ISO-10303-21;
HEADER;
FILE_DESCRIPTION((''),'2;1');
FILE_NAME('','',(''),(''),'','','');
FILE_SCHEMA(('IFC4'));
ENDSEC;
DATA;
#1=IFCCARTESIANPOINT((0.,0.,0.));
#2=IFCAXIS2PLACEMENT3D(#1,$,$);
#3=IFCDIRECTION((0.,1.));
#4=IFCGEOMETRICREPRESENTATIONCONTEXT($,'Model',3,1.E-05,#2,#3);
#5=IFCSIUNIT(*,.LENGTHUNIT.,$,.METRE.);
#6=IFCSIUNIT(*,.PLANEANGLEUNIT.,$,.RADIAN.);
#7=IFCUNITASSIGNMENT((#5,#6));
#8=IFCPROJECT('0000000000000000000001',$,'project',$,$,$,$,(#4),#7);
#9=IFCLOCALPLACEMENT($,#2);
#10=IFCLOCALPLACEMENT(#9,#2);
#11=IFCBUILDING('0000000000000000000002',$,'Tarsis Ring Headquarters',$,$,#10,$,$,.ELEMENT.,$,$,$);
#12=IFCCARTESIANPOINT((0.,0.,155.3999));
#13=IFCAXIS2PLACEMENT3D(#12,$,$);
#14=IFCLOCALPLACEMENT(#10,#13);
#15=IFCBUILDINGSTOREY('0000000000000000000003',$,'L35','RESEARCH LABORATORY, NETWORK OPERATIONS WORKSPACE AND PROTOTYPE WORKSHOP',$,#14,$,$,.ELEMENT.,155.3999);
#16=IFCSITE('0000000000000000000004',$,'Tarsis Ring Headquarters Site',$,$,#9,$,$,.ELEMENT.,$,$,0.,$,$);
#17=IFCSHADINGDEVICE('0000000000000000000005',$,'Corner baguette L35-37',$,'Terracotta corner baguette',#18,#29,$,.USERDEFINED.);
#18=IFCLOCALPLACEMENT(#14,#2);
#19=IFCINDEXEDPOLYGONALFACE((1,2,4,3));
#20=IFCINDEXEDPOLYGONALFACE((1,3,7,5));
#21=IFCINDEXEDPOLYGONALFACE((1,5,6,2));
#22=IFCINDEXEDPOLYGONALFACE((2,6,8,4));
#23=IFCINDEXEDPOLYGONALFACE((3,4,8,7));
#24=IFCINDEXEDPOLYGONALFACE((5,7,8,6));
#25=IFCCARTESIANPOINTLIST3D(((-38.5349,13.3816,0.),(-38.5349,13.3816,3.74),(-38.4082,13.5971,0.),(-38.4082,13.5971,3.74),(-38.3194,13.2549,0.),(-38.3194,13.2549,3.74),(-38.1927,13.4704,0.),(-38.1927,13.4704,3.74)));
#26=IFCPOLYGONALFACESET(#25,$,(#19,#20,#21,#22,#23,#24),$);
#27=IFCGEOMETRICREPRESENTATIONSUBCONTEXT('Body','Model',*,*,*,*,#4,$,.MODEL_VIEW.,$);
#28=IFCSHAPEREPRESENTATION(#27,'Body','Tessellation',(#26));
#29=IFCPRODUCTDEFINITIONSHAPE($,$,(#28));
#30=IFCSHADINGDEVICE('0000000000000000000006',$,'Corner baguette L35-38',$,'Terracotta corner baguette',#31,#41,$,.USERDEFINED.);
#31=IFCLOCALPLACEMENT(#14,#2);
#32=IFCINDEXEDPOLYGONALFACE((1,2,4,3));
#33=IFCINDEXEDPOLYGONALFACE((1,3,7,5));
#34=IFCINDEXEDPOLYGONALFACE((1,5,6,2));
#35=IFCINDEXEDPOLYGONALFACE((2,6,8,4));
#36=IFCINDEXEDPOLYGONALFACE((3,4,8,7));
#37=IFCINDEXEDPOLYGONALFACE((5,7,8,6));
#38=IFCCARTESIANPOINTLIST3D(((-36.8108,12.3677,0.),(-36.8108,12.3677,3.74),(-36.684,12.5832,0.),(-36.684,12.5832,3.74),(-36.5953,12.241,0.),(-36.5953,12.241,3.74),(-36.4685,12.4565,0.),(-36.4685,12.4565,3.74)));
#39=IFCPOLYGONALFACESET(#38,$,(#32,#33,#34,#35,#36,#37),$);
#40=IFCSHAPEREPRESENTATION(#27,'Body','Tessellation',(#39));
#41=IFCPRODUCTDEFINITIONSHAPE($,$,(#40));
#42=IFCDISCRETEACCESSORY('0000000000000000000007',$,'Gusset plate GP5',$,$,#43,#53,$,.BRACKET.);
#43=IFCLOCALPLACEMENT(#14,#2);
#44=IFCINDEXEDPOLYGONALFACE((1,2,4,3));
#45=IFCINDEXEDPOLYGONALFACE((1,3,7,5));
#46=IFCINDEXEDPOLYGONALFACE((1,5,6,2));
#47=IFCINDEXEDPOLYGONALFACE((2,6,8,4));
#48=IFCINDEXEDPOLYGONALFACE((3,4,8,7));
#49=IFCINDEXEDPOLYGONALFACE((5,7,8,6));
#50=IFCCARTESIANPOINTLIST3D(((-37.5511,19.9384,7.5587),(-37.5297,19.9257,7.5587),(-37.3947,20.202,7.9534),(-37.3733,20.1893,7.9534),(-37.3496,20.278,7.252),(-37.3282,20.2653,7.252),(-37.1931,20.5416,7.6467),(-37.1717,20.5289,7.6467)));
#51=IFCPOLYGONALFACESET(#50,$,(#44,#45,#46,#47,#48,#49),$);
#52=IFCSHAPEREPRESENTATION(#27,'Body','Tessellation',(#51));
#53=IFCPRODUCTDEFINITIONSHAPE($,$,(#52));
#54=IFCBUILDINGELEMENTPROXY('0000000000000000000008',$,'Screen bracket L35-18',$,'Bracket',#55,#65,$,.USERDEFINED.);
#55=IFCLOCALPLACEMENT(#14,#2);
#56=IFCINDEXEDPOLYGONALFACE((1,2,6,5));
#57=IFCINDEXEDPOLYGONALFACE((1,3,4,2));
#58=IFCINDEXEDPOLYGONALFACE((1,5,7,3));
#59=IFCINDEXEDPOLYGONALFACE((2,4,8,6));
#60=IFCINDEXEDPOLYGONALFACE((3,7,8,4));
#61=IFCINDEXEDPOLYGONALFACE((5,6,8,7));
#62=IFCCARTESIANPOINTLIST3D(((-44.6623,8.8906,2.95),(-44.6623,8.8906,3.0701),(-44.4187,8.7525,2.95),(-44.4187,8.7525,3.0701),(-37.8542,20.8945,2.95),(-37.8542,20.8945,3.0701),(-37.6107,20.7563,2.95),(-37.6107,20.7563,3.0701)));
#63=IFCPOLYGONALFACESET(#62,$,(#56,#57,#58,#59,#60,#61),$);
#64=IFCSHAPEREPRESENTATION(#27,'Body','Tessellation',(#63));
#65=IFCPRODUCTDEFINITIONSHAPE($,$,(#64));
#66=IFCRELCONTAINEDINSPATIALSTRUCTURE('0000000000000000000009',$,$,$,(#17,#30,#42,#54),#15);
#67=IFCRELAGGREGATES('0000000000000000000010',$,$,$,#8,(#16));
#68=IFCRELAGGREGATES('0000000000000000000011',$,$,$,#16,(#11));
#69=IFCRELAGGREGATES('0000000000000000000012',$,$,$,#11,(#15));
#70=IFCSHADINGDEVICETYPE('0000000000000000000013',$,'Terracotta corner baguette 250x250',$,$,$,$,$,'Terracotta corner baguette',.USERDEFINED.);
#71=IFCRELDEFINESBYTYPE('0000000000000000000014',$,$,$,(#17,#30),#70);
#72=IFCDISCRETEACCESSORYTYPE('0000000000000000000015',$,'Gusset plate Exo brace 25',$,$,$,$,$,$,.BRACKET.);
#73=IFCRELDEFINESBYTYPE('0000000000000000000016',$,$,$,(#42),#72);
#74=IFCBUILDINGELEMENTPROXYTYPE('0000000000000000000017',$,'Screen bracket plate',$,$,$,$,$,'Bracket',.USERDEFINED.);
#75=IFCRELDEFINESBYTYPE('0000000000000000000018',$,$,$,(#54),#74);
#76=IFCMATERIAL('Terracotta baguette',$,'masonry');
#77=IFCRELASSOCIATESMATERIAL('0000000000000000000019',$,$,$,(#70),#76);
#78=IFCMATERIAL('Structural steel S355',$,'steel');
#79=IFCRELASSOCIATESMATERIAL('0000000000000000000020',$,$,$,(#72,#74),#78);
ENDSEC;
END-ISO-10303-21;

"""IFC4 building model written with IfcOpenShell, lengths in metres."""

from ifc_helpers import new_model, si_unit, direction, frame, origin, origin_2d, place, context, subcontext, project, spatial, rectangle, extrude, material, material_profile, profile_set, type_object, element, save


model = new_model("IFC4")

# Units and contexts
model_context = context("Model", 3, precision=1e-05, world=origin(), true_north=direction((0.0, 1.0)))
body_context = subcontext(model_context, "Body", "Model", "MODEL_VIEW")
ifc_project = project(units=[si_unit("LENGTHUNIT", "METRE"), si_unit("PLANEANGLEUNIT", "RADIAN")], contexts=[model_context])

# Site, building, storey
site_placement = place(None, origin())
site = spatial("IfcSite", under=ifc_project, at=site_placement, Name="Tarsis Ring Headquarters Site", CompositionType="ELEMENT", RefElevation=0.0)
building_placement = place(site_placement, origin())
building = spatial("IfcBuilding", under=site, at=building_placement, Name="Tarsis Ring Headquarters", CompositionType="ELEMENT")
storey_placement = place(building_placement, frame((0.0, 0.0, 155.3999)))
storey = spatial("IfcBuildingStorey", under=building, at=storey_placement, Name="L35", Description="RESEARCH LABORATORY, NETWORK OPERATIONS WORKSPACE AND PROTOTYPE WORKSHOP", CompositionType="ELEMENT", Elevation=155.3999)

# Shared definitions
ifc_material_1 = material(Name="Structural steel S355", Category="steel")

# Shading devices
ifc_material_2 = material(Name="Terracotta baguette", Category="masonry")
shading_device_type_1 = type_object("IfcShadingDeviceType", Name="Terracotta corner baguette 250x250", ElementType="Terracotta corner baguette", PredefinedType="USERDEFINED", material=ifc_material_2)
for number, where, z_axis, x_axis, name in (
    (1, (-38.3638, 13.426, 0.0), (0.0, 0.0, 1.0), (-0.506937, -0.861983, 0.0), "Corner baguette L35-37"),
    (2, (-36.6396, 12.4121, 0.0), (0.0, 0.0, 1.0), (0.861983, -0.506936, 0.0), "Corner baguette L35-38"),
):
    element("IfcShadingDevice", number, at=place(storey_placement, frame(where, z_axis=z_axis, x_axis=x_axis)), inside=storey, type_object=shading_device_type_1, Name=name, ObjectType="Terracotta corner baguette", PredefinedType="USERDEFINED", context=body_context, shape_type="SweptSolid", body=[
        extrude(rectangle(XDim=0.25, YDim=0.25, at=origin_2d()), origin(), (0.0, 0.0, 1.0), 3.74),
    ])

# Discrete accessory
ifc_material_profile_1 = material_profile(ifc_material_1, rectangle(XDim=0.0249, YDim=0.5, at=origin_2d()), Name="PL 25x500")
ifc_profile_set_1 = profile_set([ifc_material_profile_1], Name="Structural steel S355")
discrete_accessory_type = type_object("IfcDiscreteAccessoryType", Name="Gusset plate Exo brace 25", PredefinedType="BRACKET", material=ifc_profile_set_1)
discrete_accessory_placement = place(storey_placement, frame((-37.2832, 20.3655, 7.8), z_axis=(-0.313075, -0.527491, -0.789771), x_axis=(0.859942, -0.510392, 0.0)))
element("IfcDiscreteAccessory", 3, at=discrete_accessory_placement, inside=storey, type_object=discrete_accessory_type, Name="Gusset plate GP5", PredefinedType="BRACKET", context=body_context, shape_type="SweptSolid", body=[
    extrude(rectangle(XDim=0.0249, YDim=0.5, at=origin_2d()), origin(), (0.0, 0.0, 1.0), 0.4998),
])

# Building element proxy
building_element_proxy_type = type_object("IfcBuildingElementProxyType", Name="Screen bracket plate", ElementType="Bracket", PredefinedType="USERDEFINED", material=ifc_material_1)
proxy_placement = place(storey_placement, frame((-41.1365, 14.8235, 2.95), z_axis=(0.0, 0.0, 1.0), x_axis=(-0.493335, -0.86984, 0.0)))
element("IfcBuildingElementProxy", 4, at=proxy_placement, inside=storey, type_object=building_element_proxy_type, Name="Screen bracket L35-18", ObjectType="Bracket", PredefinedType="USERDEFINED", context=body_context, shape_type="SweptSolid", body=[
    extrude(rectangle(XDim=13.8, YDim=0.28, at=origin_2d()), origin(), (0.0, 0.0, 1.0), 0.1201),
])

save(model, "model.ifc")
